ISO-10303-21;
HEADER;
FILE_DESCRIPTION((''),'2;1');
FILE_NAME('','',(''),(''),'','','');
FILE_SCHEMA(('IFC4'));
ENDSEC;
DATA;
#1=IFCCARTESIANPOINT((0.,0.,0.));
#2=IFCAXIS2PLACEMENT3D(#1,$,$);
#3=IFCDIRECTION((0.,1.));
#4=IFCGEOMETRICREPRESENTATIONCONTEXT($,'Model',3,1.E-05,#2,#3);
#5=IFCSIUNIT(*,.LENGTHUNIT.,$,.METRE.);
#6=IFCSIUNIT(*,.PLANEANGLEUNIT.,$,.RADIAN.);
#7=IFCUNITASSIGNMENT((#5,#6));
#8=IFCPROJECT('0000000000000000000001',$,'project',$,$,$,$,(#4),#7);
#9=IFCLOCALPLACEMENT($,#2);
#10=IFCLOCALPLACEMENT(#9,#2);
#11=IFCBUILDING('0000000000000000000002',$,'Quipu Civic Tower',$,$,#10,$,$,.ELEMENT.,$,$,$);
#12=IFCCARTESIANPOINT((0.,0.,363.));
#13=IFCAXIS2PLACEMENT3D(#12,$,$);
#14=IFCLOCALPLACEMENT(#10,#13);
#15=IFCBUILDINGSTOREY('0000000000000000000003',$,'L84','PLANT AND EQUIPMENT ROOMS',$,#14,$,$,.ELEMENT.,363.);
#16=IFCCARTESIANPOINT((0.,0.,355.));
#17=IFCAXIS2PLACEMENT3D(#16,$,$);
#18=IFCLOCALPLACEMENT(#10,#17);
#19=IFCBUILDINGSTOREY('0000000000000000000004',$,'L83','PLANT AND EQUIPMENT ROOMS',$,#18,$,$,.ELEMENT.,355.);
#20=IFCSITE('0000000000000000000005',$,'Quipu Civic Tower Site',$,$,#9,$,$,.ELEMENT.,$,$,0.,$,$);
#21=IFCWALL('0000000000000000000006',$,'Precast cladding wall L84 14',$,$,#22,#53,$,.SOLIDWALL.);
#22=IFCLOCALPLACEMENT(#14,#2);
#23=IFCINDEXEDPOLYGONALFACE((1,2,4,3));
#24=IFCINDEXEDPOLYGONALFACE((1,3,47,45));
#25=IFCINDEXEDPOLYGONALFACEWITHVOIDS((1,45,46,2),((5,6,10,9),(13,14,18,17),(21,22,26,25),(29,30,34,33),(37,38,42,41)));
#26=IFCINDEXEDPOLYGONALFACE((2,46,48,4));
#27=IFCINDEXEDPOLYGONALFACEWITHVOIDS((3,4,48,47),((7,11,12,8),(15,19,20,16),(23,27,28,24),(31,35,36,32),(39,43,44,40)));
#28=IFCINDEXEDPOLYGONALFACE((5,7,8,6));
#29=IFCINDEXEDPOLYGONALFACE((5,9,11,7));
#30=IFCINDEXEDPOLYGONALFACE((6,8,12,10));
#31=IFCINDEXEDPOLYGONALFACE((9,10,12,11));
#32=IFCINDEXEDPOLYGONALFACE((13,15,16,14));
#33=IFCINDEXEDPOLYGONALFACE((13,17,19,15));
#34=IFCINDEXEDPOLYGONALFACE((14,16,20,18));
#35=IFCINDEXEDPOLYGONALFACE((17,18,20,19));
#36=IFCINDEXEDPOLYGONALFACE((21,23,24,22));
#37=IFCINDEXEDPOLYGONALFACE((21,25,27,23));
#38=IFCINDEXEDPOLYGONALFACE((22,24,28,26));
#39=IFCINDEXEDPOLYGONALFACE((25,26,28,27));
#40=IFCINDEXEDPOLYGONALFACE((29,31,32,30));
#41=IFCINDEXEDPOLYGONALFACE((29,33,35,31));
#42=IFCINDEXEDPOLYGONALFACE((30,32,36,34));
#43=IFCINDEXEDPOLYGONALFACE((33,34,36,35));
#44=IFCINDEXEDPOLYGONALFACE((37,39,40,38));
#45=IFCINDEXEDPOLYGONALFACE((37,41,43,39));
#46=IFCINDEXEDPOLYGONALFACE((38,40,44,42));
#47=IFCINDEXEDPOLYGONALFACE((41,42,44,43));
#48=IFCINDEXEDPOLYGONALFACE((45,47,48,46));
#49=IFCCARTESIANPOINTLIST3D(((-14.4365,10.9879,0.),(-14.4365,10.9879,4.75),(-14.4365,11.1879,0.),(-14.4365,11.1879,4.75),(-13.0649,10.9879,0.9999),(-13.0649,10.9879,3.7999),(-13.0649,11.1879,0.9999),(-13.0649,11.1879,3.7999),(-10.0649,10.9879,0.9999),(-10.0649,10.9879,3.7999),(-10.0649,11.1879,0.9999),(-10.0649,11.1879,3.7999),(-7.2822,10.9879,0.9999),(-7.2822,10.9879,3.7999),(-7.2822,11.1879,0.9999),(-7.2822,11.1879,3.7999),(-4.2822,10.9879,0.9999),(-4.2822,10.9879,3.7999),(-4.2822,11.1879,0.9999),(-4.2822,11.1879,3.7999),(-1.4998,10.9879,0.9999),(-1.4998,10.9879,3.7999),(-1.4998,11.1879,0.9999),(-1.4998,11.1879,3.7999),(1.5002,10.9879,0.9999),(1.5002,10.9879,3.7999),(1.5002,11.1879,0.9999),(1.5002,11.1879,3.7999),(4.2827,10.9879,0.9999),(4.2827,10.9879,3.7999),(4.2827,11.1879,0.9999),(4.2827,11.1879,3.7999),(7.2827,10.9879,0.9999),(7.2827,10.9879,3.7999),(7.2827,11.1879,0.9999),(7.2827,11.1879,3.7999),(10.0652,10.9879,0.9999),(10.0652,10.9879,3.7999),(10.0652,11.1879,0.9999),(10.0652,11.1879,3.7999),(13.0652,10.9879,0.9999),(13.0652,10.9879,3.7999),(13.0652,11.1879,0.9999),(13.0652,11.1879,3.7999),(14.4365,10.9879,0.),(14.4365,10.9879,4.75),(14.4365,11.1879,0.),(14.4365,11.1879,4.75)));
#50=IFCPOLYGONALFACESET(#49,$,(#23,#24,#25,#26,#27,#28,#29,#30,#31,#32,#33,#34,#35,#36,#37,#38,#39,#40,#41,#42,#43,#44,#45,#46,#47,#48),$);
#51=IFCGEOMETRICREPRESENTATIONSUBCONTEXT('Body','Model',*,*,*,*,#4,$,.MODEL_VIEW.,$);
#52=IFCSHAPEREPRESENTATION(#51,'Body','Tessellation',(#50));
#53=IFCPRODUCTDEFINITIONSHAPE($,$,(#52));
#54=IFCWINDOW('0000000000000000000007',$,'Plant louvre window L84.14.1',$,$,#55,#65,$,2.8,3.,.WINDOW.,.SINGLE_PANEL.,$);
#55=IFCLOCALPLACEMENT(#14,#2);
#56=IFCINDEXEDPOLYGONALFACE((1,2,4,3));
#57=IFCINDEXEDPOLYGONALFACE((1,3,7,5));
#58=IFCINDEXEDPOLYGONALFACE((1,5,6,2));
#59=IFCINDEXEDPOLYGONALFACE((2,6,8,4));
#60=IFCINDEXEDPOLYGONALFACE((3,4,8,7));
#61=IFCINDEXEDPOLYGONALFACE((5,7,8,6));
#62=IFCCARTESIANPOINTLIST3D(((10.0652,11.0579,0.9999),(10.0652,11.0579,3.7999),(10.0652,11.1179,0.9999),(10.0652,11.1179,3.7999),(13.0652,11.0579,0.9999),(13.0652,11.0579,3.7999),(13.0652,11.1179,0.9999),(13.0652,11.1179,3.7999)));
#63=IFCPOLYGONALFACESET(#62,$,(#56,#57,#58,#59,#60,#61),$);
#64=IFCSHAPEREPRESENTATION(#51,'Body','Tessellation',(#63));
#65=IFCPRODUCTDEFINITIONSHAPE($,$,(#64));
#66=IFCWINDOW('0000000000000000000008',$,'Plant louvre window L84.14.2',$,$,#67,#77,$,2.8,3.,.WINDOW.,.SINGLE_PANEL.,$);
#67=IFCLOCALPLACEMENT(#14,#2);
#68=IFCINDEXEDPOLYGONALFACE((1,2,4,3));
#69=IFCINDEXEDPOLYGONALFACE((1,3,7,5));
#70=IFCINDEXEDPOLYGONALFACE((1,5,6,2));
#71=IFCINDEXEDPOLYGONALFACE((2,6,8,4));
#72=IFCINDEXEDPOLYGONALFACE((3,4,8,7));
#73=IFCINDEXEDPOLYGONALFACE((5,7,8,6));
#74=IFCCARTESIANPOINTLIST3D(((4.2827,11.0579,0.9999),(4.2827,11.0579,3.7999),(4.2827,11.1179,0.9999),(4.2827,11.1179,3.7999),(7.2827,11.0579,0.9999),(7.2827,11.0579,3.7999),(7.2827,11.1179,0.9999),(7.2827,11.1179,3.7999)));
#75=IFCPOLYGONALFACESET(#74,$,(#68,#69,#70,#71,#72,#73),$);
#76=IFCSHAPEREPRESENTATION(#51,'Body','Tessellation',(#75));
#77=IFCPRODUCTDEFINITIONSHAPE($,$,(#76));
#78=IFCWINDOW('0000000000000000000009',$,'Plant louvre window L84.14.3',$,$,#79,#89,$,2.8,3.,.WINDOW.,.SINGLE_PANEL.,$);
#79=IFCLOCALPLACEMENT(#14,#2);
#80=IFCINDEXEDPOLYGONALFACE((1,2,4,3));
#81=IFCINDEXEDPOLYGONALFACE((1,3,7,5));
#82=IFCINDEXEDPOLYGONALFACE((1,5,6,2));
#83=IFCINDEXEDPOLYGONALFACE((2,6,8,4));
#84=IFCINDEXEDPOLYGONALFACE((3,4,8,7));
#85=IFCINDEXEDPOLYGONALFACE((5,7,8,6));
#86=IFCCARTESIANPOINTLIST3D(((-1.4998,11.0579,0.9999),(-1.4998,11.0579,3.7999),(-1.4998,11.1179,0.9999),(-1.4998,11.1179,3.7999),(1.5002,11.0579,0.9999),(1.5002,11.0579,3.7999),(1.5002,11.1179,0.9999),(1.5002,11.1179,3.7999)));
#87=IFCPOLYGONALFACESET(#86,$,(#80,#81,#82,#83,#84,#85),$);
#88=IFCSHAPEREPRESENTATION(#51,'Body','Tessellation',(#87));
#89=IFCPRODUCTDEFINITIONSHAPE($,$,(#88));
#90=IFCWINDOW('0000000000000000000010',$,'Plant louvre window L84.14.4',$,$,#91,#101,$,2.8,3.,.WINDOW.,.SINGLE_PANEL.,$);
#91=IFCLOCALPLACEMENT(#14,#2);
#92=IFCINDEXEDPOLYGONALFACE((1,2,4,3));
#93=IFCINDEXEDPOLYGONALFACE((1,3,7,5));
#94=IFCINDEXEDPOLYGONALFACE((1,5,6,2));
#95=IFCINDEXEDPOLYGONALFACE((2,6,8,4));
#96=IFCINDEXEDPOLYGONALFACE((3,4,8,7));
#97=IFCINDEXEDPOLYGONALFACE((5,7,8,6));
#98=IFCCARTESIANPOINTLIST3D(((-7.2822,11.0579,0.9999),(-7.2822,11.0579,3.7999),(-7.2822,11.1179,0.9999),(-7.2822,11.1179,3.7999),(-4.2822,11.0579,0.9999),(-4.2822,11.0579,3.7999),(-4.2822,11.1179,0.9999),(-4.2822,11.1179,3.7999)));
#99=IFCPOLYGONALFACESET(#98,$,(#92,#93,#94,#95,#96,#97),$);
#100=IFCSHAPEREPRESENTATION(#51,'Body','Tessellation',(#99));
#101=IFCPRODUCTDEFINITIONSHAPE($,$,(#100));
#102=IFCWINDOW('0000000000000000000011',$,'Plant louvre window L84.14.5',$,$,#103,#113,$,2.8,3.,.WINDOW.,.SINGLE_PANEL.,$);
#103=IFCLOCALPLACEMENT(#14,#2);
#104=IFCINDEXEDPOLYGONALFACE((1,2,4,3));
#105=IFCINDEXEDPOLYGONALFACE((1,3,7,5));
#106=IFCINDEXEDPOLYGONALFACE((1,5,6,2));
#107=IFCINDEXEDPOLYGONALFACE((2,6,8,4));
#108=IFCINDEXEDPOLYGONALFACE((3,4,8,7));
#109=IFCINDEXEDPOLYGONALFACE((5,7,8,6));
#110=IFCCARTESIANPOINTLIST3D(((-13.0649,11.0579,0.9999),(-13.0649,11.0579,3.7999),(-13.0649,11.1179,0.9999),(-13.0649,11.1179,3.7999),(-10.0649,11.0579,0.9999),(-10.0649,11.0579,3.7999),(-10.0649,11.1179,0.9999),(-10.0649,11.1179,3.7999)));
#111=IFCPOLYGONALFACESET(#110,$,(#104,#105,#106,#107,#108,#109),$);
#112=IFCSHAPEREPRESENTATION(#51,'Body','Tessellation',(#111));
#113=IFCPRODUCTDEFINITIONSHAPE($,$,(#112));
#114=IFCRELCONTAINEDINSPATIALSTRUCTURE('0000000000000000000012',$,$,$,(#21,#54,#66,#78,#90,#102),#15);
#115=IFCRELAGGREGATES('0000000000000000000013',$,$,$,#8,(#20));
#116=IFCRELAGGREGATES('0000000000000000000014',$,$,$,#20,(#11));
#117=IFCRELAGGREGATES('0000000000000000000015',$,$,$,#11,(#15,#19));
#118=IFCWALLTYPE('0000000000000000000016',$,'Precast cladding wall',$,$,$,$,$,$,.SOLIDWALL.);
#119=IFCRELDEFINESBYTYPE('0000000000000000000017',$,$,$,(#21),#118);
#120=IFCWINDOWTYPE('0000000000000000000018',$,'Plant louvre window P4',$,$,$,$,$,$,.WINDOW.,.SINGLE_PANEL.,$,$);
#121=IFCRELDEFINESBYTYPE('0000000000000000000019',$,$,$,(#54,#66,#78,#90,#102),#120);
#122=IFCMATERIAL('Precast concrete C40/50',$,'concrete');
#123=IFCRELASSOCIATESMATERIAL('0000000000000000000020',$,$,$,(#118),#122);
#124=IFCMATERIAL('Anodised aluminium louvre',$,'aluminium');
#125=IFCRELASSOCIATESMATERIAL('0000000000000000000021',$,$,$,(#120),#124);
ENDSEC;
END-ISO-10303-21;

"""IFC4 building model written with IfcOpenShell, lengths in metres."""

from ifc_helpers import new_model, si_unit, direction, frame, frame_2d, origin, place, context, subcontext, project, spatial, rectangle, extrude, material, type_object, element, fill, save


model = new_model("IFC4")

# Units and contexts
model_context = context("Model", 3, precision=1e-05, world=origin(), true_north=direction((0.0, 1.0)))
body_context = subcontext(model_context, "Body", "Model", "MODEL_VIEW")
ifc_project = project(units=[si_unit("LENGTHUNIT", "METRE"), si_unit("PLANEANGLEUNIT", "RADIAN")], contexts=[model_context])

# Site, building, storey
site_placement = place(None, origin())
site = spatial("IfcSite", under=ifc_project, at=site_placement, Name="Quipu Civic Tower Site", CompositionType="ELEMENT", RefElevation=0.0)
building_placement = place(site_placement, origin())
building = spatial("IfcBuilding", under=site, at=building_placement, Name="Quipu Civic Tower", CompositionType="ELEMENT")
storey_1_placement = place(building_placement, frame((0.0, 0.0, 363.0)))
storey_1 = spatial("IfcBuildingStorey", under=building, at=storey_1_placement, Name="L84", Description="PLANT AND EQUIPMENT ROOMS", CompositionType="ELEMENT", Elevation=363.0)

# Shared definitions
storey_2_placement = place(building_placement, frame((0.0, 0.0, 355.0)))
storey_2 = spatial("IfcBuildingStorey", under=building, at=storey_2_placement, Name="L83", Description="PLANT AND EQUIPMENT ROOMS", CompositionType="ELEMENT", Elevation=355.0)

# Shared definitions
ifc_material_1 = material(Name="Precast concrete C40/50", Category="concrete")
wall_type = type_object("IfcWallType", Name="Precast cladding wall", PredefinedType="SOLIDWALL", material=ifc_material_1)

# Wall, openings, windows
wall_1_placement = place(storey_1_placement, frame((14.4365, 11.0879, 0.0), z_axis=(0.0, 0.0, 1.0), x_axis=(-1.0, 0.0, 0.0)))
wall_1 = element("IfcWall", 1, at=wall_1_placement, inside=storey_1, type_object=wall_type, Name="Precast cladding wall L84 14", PredefinedType="SOLIDWALL", context=body_context, shape_type="SweptSolid", body=[
    extrude(rectangle(XDim=28.873, YDim=0.2, at=frame_2d((14.4365, 0.0))), origin(), (0.0, 0.0, 1.0), 4.75),
])
opening_1_placement = place(wall_1_placement, frame((1.3713, 0.0, 1.0)))
opening_1 = element("IfcOpeningElement", 2, at=opening_1_placement, cuts=wall_1, PredefinedType="OPENING", context=body_context, shape_type="SweptSolid", body=[
    extrude(rectangle(XDim=3.0, YDim=2.8, at=frame_2d((1.5, 1.3999))), frame((0.0, 0.1099, 0.0), z_axis=(0.0, -1.0, 0.0), x_axis=(1.0, 0.0, 0.0)), (0.0, 0.0, 1.0), 0.22),
])
opening_2_placement = place(wall_1_placement, frame((7.1538, 0.0, 1.0)))
opening_2 = element("IfcOpeningElement", 3, at=opening_2_placement, cuts=wall_1, PredefinedType="OPENING", context=body_context, shape_type="SweptSolid", body=[
    extrude(rectangle(XDim=3.0, YDim=2.8, at=frame_2d((1.5, 1.3999))), frame((0.0, 0.1099, 0.0), z_axis=(0.0, -1.0, 0.0), x_axis=(1.0, 0.0, 0.0)), (0.0, 0.0, 1.0), 0.22),
])
opening_3_placement = place(wall_1_placement, frame((12.9363, 0.0, 1.0)))
opening_3 = element("IfcOpeningElement", 4, at=opening_3_placement, cuts=wall_1, PredefinedType="OPENING", context=body_context, shape_type="SweptSolid", body=[
    extrude(rectangle(XDim=3.0, YDim=2.8, at=frame_2d((1.5, 1.3999))), frame((0.0, 0.1099, 0.0), z_axis=(0.0, -1.0, 0.0), x_axis=(1.0, 0.0, 0.0)), (0.0, 0.0, 1.0), 0.22),
])
opening_4_placement = place(wall_1_placement, frame((18.7188, 0.0, 1.0)))
opening_4 = element("IfcOpeningElement", 5, at=opening_4_placement, cuts=wall_1, PredefinedType="OPENING", context=body_context, shape_type="SweptSolid", body=[
    extrude(rectangle(XDim=3.0, YDim=2.8, at=frame_2d((1.5, 1.3999))), frame((0.0, 0.1099, 0.0), z_axis=(0.0, -1.0, 0.0), x_axis=(1.0, 0.0, 0.0)), (0.0, 0.0, 1.0), 0.22),
])
opening_5_placement = place(wall_1_placement, frame((24.5015, 0.0, 1.0)))
opening_5 = element("IfcOpeningElement", 6, at=opening_5_placement, cuts=wall_1, PredefinedType="OPENING", context=body_context, shape_type="SweptSolid", body=[
    extrude(rectangle(XDim=3.0, YDim=2.8, at=frame_2d((1.5, 1.3999))), frame((0.0, 0.1099, 0.0), z_axis=(0.0, -1.0, 0.0), x_axis=(1.0, 0.0, 0.0)), (0.0, 0.0, 1.0), 0.22),
])
ifc_material_2 = material(Name="Anodised aluminium louvre", Category="aluminium")
window_type = type_object("IfcWindowType", Name="Plant louvre window P4", PartitioningType="SINGLE_PANEL", PredefinedType="WINDOW", material=ifc_material_2)
window_1_placement = place(opening_1_placement, origin())
window_1 = element("IfcWindow", 7, at=window_1_placement, inside=storey_1, type_object=window_type, Name="Plant louvre window L84.14.1", OverallHeight=2.8, OverallWidth=3.0, PartitioningType="SINGLE_PANEL", PredefinedType="WINDOW", context=body_context, shape_type="SweptSolid", body=[
    extrude(rectangle(XDim=3.0, YDim=2.8, at=frame_2d((1.5, 1.3999))), frame((0.0, 0.03, 0.0), z_axis=(0.0, -1.0, 0.0), x_axis=(1.0, 0.0, 0.0)), (0.0, 0.0, 1.0), 0.0601),
])
fill(opening_1, window_1)
window_2_placement = place(opening_2_placement, origin())
window_2 = element("IfcWindow", 8, at=window_2_placement, inside=storey_1, type_object=window_type, Name="Plant louvre window L84.14.2", OverallHeight=2.8, OverallWidth=3.0, PartitioningType="SINGLE_PANEL", PredefinedType="WINDOW", context=body_context, shape_type="SweptSolid", body=[
    extrude(rectangle(XDim=3.0, YDim=2.8, at=frame_2d((1.5, 1.3999))), frame((0.0, 0.03, 0.0), z_axis=(0.0, -1.0, 0.0), x_axis=(1.0, 0.0, 0.0)), (0.0, 0.0, 1.0), 0.0601),
])
fill(opening_2, window_2)
window_3_placement = place(opening_3_placement, origin())
window_3 = element("IfcWindow", 9, at=window_3_placement, inside=storey_1, type_object=window_type, Name="Plant louvre window L84.14.3", OverallHeight=2.8, OverallWidth=3.0, PartitioningType="SINGLE_PANEL", PredefinedType="WINDOW", context=body_context, shape_type="SweptSolid", body=[
    extrude(rectangle(XDim=3.0, YDim=2.8, at=frame_2d((1.5, 1.3999))), frame((0.0, 0.03, 0.0), z_axis=(0.0, -1.0, 0.0), x_axis=(1.0, 0.0, 0.0)), (0.0, 0.0, 1.0), 0.0601),
])
fill(opening_3, window_3)
window_4_placement = place(opening_4_placement, origin())
window_4 = element("IfcWindow", 10, at=window_4_placement, inside=storey_1, type_object=window_type, Name="Plant louvre window L84.14.4", OverallHeight=2.8, OverallWidth=3.0, PartitioningType="SINGLE_PANEL", PredefinedType="WINDOW", context=body_context, shape_type="SweptSolid", body=[
    extrude(rectangle(XDim=3.0, YDim=2.8, at=frame_2d((1.5, 1.3999))), frame((0.0, 0.03, 0.0), z_axis=(0.0, -1.0, 0.0), x_axis=(1.0, 0.0, 0.0)), (0.0, 0.0, 1.0), 0.0601),
])
fill(opening_4, window_4)
window_5_placement = place(opening_5_placement, origin())
window_5 = element("IfcWindow", 11, at=window_5_placement, inside=storey_1, type_object=window_type, Name="Plant louvre window L84.14.5", OverallHeight=2.8, OverallWidth=3.0, PartitioningType="SINGLE_PANEL", PredefinedType="WINDOW", context=body_context, shape_type="SweptSolid", body=[
    extrude(rectangle(XDim=3.0, YDim=2.8, at=frame_2d((1.5, 1.3999))), frame((0.0, 0.03, 0.0), z_axis=(0.0, -1.0, 0.0), x_axis=(1.0, 0.0, 0.0)), (0.0, 0.0, 1.0), 0.0601),
])
fill(opening_5, window_5)

save(model, "model.ifc")
